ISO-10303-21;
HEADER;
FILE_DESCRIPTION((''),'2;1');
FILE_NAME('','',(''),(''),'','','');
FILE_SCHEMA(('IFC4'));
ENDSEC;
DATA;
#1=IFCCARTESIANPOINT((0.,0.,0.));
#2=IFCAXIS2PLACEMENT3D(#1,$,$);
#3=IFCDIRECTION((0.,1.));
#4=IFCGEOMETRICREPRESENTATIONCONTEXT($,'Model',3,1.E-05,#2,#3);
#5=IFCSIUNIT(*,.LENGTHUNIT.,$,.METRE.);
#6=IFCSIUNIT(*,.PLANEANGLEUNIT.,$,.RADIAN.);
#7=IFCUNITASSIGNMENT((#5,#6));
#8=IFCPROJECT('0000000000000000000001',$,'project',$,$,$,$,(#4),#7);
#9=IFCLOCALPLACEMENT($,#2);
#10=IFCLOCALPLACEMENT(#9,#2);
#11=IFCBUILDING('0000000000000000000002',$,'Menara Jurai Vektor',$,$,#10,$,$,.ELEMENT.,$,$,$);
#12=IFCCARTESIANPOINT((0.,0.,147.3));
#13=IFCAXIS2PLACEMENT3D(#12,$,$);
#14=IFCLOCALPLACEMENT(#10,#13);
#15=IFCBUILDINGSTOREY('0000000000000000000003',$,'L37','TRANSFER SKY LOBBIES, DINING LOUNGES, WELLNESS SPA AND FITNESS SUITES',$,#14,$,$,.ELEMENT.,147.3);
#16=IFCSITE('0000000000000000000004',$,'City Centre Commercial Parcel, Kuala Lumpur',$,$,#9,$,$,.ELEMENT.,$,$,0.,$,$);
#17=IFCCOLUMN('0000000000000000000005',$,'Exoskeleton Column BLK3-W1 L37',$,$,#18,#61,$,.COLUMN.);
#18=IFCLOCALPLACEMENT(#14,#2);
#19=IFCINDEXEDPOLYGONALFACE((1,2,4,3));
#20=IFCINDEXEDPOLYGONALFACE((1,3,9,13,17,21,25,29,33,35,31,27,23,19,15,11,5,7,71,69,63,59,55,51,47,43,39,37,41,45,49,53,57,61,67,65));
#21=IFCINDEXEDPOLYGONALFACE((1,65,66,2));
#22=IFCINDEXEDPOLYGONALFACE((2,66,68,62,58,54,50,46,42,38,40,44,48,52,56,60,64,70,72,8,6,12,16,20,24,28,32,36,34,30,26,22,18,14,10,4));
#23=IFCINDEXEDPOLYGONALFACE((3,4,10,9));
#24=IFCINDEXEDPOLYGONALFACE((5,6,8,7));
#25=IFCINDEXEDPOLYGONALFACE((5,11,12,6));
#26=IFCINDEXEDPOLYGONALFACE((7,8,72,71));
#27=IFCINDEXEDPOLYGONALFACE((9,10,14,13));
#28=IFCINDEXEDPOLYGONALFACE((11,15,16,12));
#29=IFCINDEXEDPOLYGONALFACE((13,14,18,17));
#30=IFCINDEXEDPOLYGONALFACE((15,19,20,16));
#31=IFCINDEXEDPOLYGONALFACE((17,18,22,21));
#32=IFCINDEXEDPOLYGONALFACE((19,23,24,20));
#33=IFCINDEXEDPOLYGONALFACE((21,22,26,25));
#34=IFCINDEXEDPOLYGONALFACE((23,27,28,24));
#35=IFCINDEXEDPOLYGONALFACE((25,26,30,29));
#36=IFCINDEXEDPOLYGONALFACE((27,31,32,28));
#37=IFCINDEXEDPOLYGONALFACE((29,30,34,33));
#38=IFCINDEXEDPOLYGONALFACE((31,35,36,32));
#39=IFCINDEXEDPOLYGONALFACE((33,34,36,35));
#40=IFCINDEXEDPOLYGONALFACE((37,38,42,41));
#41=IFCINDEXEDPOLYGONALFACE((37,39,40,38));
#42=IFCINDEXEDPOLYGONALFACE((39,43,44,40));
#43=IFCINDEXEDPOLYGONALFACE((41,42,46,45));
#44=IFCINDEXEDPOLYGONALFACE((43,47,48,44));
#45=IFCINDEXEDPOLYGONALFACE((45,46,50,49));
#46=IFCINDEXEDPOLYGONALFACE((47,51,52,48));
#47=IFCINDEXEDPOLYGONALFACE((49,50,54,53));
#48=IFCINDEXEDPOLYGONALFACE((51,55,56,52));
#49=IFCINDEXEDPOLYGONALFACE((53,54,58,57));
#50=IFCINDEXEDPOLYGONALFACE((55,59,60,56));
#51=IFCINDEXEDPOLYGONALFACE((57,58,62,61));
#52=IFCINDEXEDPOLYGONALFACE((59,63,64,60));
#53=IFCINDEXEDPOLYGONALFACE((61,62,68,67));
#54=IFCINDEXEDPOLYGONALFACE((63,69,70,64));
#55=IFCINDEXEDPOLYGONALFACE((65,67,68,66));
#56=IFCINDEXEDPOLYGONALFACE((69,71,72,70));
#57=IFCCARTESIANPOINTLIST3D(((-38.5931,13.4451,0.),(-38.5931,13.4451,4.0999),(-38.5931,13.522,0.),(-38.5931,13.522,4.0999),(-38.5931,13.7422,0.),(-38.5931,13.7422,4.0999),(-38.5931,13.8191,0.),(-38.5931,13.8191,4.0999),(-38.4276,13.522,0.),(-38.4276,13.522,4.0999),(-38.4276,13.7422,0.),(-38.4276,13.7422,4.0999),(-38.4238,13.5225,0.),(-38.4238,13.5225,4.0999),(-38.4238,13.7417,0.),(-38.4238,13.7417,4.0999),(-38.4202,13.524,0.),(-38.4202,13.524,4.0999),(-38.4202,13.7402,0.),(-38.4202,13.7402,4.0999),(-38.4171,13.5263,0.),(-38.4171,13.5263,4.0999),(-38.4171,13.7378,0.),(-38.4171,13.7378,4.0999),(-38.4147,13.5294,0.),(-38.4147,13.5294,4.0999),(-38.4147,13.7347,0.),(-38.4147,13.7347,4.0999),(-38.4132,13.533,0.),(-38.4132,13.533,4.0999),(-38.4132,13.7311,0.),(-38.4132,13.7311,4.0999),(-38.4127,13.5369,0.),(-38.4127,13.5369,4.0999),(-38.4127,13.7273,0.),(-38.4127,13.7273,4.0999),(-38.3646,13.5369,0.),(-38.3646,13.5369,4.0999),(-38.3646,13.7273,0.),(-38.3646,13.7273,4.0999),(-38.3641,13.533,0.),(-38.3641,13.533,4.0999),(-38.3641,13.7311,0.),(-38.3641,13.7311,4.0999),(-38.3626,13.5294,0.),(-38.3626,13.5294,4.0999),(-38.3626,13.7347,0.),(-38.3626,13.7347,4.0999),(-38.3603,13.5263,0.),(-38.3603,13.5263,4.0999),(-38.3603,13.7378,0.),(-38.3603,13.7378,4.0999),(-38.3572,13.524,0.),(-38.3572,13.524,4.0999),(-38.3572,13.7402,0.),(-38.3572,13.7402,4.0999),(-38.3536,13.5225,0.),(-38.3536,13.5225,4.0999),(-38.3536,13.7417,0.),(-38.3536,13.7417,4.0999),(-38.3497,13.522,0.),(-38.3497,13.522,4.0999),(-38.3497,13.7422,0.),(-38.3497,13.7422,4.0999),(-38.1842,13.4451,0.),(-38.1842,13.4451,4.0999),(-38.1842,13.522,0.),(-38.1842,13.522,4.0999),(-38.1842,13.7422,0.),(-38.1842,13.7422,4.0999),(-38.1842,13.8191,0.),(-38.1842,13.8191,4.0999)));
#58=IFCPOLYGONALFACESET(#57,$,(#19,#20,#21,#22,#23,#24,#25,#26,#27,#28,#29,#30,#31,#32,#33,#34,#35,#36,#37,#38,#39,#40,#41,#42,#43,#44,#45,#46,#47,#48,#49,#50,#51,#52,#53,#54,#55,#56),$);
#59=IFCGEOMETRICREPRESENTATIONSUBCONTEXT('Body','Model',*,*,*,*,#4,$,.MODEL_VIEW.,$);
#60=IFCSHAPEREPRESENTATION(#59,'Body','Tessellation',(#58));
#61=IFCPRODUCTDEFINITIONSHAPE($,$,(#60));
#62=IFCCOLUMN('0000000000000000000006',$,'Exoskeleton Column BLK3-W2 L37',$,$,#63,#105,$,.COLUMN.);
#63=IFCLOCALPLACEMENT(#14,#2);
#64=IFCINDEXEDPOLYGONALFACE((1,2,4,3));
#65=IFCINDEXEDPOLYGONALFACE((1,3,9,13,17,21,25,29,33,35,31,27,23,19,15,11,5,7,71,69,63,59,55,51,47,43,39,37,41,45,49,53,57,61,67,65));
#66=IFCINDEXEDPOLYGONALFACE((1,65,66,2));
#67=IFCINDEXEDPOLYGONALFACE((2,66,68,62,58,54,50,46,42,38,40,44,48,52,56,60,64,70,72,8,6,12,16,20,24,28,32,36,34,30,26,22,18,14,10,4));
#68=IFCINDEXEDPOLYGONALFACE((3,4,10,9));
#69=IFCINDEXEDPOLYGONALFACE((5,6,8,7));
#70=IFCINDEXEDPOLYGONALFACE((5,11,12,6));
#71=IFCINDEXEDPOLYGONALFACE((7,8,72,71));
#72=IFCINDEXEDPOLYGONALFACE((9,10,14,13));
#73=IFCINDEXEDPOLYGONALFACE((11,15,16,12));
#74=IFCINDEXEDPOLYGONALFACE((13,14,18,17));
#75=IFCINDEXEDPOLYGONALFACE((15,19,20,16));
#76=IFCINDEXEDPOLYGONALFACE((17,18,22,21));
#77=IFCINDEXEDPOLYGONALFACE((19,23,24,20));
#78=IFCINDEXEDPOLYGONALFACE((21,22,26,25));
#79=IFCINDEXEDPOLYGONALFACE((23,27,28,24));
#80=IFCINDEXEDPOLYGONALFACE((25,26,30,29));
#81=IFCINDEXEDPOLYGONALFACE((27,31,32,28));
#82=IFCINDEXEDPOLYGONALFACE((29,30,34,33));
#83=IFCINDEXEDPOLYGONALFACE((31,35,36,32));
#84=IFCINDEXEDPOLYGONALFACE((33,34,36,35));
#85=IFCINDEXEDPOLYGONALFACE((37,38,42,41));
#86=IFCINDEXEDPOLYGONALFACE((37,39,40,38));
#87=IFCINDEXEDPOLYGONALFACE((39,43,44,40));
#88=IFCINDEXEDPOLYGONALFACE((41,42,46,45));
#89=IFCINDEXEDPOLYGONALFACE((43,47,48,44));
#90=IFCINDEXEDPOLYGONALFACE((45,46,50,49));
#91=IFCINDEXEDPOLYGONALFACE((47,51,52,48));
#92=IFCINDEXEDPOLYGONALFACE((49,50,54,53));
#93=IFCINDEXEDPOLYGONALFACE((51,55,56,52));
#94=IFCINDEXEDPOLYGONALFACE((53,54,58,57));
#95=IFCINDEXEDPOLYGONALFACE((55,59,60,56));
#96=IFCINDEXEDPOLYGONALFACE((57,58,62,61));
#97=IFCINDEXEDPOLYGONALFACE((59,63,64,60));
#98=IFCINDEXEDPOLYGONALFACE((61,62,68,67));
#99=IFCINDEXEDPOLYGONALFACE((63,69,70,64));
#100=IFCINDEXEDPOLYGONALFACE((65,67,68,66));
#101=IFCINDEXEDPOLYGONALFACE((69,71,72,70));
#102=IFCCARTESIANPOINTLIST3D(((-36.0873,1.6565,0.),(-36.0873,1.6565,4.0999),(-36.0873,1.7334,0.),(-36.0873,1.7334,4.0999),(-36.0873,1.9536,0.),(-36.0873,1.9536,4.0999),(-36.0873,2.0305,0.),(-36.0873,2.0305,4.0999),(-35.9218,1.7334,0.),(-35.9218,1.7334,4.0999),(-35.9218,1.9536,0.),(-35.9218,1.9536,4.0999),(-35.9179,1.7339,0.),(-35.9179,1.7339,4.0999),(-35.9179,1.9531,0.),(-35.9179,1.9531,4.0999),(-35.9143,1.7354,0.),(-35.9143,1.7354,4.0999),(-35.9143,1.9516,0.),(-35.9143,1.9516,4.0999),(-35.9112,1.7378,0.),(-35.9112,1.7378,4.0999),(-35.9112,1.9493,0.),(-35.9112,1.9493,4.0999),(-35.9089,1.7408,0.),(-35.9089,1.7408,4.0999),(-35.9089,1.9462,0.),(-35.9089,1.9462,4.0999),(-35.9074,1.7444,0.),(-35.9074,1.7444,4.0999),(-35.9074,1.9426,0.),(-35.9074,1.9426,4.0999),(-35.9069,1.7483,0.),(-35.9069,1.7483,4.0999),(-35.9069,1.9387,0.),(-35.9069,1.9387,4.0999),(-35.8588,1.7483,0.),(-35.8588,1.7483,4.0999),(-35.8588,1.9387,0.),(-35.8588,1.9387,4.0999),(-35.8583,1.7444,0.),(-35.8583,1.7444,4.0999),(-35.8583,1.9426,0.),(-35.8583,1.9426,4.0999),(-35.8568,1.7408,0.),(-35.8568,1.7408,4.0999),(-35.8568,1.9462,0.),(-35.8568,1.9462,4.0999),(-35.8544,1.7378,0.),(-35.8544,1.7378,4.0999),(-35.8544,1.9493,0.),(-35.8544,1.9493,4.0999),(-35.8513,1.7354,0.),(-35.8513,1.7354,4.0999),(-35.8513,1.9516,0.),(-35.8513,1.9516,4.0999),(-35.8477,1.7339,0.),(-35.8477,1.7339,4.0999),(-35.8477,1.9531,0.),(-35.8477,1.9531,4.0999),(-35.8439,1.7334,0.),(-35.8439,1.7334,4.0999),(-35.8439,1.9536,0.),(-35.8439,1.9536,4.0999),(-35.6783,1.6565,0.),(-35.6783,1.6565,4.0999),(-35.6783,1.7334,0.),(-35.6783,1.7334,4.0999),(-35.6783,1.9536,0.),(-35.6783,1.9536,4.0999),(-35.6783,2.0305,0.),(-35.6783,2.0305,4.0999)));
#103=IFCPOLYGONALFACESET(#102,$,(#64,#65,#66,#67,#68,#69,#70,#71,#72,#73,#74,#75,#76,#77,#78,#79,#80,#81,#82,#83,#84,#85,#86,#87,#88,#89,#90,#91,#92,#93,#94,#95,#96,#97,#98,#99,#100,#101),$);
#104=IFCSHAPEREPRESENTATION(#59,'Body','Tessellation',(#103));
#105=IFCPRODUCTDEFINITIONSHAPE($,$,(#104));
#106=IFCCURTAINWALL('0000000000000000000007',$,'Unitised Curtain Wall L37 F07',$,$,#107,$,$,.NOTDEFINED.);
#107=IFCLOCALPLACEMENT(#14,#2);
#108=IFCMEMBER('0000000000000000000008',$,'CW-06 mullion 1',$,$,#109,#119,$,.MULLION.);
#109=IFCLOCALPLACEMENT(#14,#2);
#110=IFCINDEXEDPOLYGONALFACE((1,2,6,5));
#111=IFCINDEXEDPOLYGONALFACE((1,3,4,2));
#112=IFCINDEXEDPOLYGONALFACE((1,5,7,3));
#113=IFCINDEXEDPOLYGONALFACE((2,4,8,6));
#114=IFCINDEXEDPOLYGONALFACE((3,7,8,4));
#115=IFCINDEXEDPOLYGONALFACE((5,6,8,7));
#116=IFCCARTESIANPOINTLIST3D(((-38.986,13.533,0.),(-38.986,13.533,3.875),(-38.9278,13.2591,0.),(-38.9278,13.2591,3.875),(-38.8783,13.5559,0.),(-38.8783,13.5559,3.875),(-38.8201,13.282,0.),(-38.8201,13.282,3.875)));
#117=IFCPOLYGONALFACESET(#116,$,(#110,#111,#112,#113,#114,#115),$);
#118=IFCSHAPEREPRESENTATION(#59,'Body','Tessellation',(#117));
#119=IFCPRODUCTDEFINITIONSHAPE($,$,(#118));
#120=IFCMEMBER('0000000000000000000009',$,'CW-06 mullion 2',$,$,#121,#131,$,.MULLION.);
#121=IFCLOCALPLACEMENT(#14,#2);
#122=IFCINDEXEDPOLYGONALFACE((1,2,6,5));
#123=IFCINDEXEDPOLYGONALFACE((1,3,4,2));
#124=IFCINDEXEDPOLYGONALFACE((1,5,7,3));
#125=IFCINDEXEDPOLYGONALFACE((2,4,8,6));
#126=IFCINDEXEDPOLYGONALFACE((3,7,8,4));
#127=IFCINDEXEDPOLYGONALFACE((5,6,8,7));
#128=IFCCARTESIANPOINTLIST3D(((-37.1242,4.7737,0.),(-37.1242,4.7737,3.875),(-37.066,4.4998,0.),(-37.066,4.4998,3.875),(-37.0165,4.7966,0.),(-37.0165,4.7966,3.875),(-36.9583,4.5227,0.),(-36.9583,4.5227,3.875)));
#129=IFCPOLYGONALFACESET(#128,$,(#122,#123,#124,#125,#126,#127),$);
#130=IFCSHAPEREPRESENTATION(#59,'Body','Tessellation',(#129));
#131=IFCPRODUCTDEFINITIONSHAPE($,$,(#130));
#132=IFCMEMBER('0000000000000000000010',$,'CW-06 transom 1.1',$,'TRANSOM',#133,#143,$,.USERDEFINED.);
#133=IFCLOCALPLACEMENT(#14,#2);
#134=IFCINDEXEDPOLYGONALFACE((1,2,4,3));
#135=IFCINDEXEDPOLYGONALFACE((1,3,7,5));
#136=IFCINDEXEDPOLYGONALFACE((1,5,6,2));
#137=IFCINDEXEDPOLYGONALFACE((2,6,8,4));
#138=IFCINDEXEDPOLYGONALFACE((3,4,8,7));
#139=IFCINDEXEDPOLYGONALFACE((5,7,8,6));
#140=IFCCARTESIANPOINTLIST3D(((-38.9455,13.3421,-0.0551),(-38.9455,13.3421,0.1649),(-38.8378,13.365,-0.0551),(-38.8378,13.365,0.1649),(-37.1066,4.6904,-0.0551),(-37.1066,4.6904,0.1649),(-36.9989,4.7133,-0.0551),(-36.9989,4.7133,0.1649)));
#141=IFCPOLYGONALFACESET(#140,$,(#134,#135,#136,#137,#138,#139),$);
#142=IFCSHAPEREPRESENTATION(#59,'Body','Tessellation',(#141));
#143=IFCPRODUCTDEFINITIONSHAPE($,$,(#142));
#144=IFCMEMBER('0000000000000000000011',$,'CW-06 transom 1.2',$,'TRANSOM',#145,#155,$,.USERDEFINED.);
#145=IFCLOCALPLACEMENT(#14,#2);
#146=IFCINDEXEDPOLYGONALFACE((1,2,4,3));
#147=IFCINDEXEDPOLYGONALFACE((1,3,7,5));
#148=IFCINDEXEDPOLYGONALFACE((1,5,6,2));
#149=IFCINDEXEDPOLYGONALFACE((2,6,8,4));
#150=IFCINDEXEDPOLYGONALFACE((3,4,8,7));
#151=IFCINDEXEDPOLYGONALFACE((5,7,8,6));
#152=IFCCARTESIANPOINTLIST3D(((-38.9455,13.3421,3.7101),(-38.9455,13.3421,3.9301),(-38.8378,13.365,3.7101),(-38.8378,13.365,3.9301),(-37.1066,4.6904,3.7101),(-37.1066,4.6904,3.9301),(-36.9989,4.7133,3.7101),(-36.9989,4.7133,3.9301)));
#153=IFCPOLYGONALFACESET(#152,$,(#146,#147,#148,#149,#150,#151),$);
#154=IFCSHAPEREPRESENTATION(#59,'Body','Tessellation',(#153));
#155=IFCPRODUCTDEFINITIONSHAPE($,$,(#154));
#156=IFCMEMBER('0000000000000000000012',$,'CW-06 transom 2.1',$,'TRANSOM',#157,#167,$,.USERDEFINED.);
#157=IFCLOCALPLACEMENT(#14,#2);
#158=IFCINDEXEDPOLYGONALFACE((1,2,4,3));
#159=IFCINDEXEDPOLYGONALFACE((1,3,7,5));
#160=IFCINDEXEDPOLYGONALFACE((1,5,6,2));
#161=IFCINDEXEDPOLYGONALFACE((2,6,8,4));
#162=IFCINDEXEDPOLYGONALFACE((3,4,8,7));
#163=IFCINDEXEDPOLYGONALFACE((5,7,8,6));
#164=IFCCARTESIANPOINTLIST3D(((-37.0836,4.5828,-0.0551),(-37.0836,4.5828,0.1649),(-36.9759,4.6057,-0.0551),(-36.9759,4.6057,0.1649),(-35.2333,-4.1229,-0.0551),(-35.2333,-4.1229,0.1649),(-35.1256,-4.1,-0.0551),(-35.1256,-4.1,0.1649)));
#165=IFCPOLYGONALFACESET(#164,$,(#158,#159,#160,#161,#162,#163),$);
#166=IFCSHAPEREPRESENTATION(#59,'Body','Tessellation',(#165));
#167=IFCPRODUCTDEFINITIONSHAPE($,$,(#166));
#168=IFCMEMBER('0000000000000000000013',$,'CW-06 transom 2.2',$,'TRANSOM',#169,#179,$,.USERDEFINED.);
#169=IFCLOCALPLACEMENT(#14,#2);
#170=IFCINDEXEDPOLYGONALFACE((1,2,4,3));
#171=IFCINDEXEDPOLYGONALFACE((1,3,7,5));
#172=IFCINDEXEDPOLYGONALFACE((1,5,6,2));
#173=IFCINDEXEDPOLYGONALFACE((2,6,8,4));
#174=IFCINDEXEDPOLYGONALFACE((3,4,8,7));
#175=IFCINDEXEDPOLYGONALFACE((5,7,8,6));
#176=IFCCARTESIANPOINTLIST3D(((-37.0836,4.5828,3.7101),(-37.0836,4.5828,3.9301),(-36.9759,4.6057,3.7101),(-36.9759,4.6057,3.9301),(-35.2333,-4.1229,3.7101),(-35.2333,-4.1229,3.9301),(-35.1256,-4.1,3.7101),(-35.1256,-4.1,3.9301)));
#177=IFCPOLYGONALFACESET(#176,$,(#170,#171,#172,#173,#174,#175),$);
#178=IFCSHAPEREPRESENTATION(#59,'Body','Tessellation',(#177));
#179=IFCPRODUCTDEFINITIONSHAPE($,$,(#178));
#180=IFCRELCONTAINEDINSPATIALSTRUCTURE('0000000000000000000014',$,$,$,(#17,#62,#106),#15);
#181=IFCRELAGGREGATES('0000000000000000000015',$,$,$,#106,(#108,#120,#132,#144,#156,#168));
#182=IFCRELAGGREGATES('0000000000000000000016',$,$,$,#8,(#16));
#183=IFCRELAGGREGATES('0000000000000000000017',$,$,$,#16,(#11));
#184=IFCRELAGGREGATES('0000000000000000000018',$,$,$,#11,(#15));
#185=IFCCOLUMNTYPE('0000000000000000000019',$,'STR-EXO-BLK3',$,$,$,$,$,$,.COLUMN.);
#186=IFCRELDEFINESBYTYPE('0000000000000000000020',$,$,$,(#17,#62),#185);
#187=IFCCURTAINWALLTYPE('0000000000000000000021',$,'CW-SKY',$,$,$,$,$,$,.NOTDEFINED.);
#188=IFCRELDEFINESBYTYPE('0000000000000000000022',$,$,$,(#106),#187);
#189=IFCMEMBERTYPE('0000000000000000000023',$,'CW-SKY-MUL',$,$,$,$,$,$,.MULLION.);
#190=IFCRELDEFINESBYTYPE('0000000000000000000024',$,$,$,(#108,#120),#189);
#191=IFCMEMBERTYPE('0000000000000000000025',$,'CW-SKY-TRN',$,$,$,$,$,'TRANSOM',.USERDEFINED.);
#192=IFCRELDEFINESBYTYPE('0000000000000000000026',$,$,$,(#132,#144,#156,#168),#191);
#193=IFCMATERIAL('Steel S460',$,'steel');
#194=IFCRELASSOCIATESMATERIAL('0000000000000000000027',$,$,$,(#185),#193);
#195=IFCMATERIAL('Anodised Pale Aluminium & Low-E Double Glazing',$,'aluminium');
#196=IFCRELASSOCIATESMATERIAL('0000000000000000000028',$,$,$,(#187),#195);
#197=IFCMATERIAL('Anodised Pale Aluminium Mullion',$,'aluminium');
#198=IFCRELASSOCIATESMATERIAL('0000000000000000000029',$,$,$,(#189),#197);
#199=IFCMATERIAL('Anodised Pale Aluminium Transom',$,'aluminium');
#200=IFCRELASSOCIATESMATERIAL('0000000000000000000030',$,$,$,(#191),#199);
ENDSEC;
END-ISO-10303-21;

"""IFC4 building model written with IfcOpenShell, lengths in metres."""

from ifc_helpers import new_model, si_unit, direction, frame, origin, origin_2d, place, context, subcontext, project, spatial, rectangle, i_section, extrude, material, material_profile, profile_set, type_object, element, aggregate, save


model = new_model("IFC4")

# Units and contexts
model_context = context("Model", 3, precision=1e-05, world=origin(), true_north=direction((0.0, 1.0)))
body_context = subcontext(model_context, "Body", "Model", "MODEL_VIEW")
ifc_project = project(units=[si_unit("LENGTHUNIT", "METRE"), si_unit("PLANEANGLEUNIT", "RADIAN")], contexts=[model_context])

# Site, building, storey
site_placement = place(None, origin())
site = spatial("IfcSite", under=ifc_project, at=site_placement, Name="City Centre Commercial Parcel, Kuala Lumpur", CompositionType="ELEMENT", RefElevation=0.0)
building_placement = place(site_placement, origin())
building = spatial("IfcBuilding", under=site, at=building_placement, Name="Menara Jurai Vektor", CompositionType="ELEMENT")
storey_placement = place(building_placement, frame((0.0, 0.0, 147.3)))
storey = spatial("IfcBuildingStorey", under=building, at=storey_placement, Name="L37", Description="TRANSFER SKY LOBBIES, DINING LOUNGES, WELLNESS SPA AND FITNESS SUITES", CompositionType="ELEMENT", Elevation=147.3)

# Columns
ifc_material_1 = material(Name="Steel S460", Category="steel")
ifc_material_profile_1 = material_profile(ifc_material_1, i_section(OverallWidth=0.4089, OverallDepth=0.374, WebThickness=0.0481, FlangeThickness=0.0769, FilletRadius=0.0149, at=origin_2d()), Name="HD 400x634")
ifc_profile_set_1 = profile_set([ifc_material_profile_1], Name="Steel S460")
column_type = type_object("IfcColumnType", Name="STR-EXO-BLK3", PredefinedType="COLUMN", material=ifc_profile_set_1)
for number, where, z_axis, x_axis, name in (
    (1, (-38.3887, 13.6321, 0.0), (0.0, 0.0, 1.0), (1.0, 0.0, 0.0), "Exoskeleton Column BLK3-W1 L37"),
    (2, (-35.8828, 1.8435, 0.0), (0.0, 0.0, 1.0), (1.0, 0.0, 0.0), "Exoskeleton Column BLK3-W2 L37"),
):
    element("IfcColumn", number, at=place(storey_placement, frame(where, z_axis=z_axis, x_axis=x_axis)), inside=storey, type_object=column_type, Name=name, PredefinedType="COLUMN", context=body_context, shape_type="SweptSolid", body=[
        extrude(i_section(OverallWidth=0.4089, OverallDepth=0.374, WebThickness=0.0481, FlangeThickness=0.0769, FilletRadius=0.0149, at=origin_2d()), origin(), (0.0, 0.0, 1.0), 4.0999),
    ])

# Curtain wall, members
ifc_material_2 = material(Name="Anodised Pale Aluminium & Low-E Double Glazing", Category="aluminium")
curtain_wall_type = type_object("IfcCurtainWallType", Name="CW-SKY", PredefinedType="NOTDEFINED", material=ifc_material_2)
curtain_wall_placement = place(storey_placement, origin())
curtain_wall = element("IfcCurtainWall", 3, at=curtain_wall_placement, inside=storey, type_object=curtain_wall_type, Name="Unitised Curtain Wall L37 F07", PredefinedType="NOTDEFINED")
ifc_material_3 = material(Name="Anodised Pale Aluminium Mullion", Category="aluminium")
ifc_material_profile_2 = material_profile(ifc_material_3, rectangle(XDim=0.1101, YDim=0.28, at=origin_2d()), Name="ALU MUL 110x280")
ifc_profile_set_2 = profile_set([ifc_material_profile_2], Name="Anodised Pale Aluminium Mullion")
member_type_1 = type_object("IfcMemberType", Name="CW-SKY-MUL", PredefinedType="MULLION", material=ifc_profile_set_2)
member_1_placement = place(storey_placement, frame((-38.9031, 13.4075, 0.0), z_axis=(0.0, 0.0, 1.0), x_axis=(0.978148, 0.20791, 0.0)))
member_1 = element("IfcMember", 4, at=member_1_placement, type_object=member_type_1, Name="CW-06 mullion 1", PredefinedType="MULLION", context=body_context, shape_type="SweptSolid", body=[
    extrude(rectangle(XDim=0.1101, YDim=0.28, at=origin_2d()), origin(), (0.0, 0.0, 1.0), 3.875),
])
member_2_placement = place(storey_placement, frame((-37.0413, 4.6482, 0.0), z_axis=(0.0, 0.0, 1.0), x_axis=(0.978148, 0.20791, 0.0)))
member_2 = element("IfcMember", 5, at=member_2_placement, type_object=member_type_1, Name="CW-06 mullion 2", PredefinedType="MULLION", context=body_context, shape_type="SweptSolid", body=[
    extrude(rectangle(XDim=0.1101, YDim=0.28, at=origin_2d()), origin(), (0.0, 0.0, 1.0), 3.875),
])
ifc_material_4 = material(Name="Anodised Pale Aluminium Transom", Category="aluminium")
ifc_material_profile_3 = material_profile(ifc_material_4, rectangle(XDim=0.1101, YDim=0.22, at=origin_2d()), Name="ALU TRN 110x220")
ifc_profile_set_3 = profile_set([ifc_material_profile_3], Name="Anodised Pale Aluminium Transom")
member_type_2 = type_object("IfcMemberType", Name="CW-SKY-TRN", ElementType="TRANSOM", PredefinedType="USERDEFINED", material=ifc_profile_set_3)
member_3_placement = place(storey_placement, frame((-38.8916, 13.3535, 0.0549), z_axis=(0.207902, -0.97815, 0.0), x_axis=(0.97815, 0.207902, 0.0)))
member_3 = element("IfcMember", 6, at=member_3_placement, type_object=member_type_2, Name="CW-06 transom 1.1", ObjectType="TRANSOM", PredefinedType="USERDEFINED", context=body_context, shape_type="SweptSolid", body=[
    extrude(rectangle(XDim=0.1101, YDim=0.22, at=origin_2d()), origin(), (0.0, 0.0, 1.0), 8.845),
])
member_4_placement = place(storey_placement, frame((-38.8916, 13.3535, 3.8201), z_axis=(0.207902, -0.97815, 0.0), x_axis=(0.97815, 0.207902, 0.0)))
member_4 = element("IfcMember", 7, at=member_4_placement, type_object=member_type_2, Name="CW-06 transom 1.2", ObjectType="TRANSOM", PredefinedType="USERDEFINED", context=body_context, shape_type="SweptSolid", body=[
    extrude(rectangle(XDim=0.1101, YDim=0.22, at=origin_2d()), origin(), (0.0, 0.0, 1.0), 8.845),
])
member_5_placement = place(storey_placement, frame((-37.0298, 4.5942, 0.0549), z_axis=(0.207903, -0.97815, 0.0), x_axis=(0.97815, 0.207903, 0.0)))
member_5 = element("IfcMember", 8, at=member_5_placement, type_object=member_type_2, Name="CW-06 transom 2.1", ObjectType="TRANSOM", PredefinedType="USERDEFINED", context=body_context, shape_type="SweptSolid", body=[
    extrude(rectangle(XDim=0.1101, YDim=0.22, at=origin_2d()), origin(), (0.0, 0.0, 1.0), 8.9001),
])
member_6_placement = place(storey_placement, frame((-37.0298, 4.5942, 3.8201), z_axis=(0.207903, -0.97815, 0.0), x_axis=(0.97815, 0.207903, 0.0)))
member_6 = element("IfcMember", 9, at=member_6_placement, type_object=member_type_2, Name="CW-06 transom 2.2", ObjectType="TRANSOM", PredefinedType="USERDEFINED", context=body_context, shape_type="SweptSolid", body=[
    extrude(rectangle(XDim=0.1101, YDim=0.22, at=origin_2d()), origin(), (0.0, 0.0, 1.0), 8.9001),
])

aggregate(curtain_wall, [member_1, member_2, member_3, member_4, member_5, member_6])

save(model, "model.ifc")
